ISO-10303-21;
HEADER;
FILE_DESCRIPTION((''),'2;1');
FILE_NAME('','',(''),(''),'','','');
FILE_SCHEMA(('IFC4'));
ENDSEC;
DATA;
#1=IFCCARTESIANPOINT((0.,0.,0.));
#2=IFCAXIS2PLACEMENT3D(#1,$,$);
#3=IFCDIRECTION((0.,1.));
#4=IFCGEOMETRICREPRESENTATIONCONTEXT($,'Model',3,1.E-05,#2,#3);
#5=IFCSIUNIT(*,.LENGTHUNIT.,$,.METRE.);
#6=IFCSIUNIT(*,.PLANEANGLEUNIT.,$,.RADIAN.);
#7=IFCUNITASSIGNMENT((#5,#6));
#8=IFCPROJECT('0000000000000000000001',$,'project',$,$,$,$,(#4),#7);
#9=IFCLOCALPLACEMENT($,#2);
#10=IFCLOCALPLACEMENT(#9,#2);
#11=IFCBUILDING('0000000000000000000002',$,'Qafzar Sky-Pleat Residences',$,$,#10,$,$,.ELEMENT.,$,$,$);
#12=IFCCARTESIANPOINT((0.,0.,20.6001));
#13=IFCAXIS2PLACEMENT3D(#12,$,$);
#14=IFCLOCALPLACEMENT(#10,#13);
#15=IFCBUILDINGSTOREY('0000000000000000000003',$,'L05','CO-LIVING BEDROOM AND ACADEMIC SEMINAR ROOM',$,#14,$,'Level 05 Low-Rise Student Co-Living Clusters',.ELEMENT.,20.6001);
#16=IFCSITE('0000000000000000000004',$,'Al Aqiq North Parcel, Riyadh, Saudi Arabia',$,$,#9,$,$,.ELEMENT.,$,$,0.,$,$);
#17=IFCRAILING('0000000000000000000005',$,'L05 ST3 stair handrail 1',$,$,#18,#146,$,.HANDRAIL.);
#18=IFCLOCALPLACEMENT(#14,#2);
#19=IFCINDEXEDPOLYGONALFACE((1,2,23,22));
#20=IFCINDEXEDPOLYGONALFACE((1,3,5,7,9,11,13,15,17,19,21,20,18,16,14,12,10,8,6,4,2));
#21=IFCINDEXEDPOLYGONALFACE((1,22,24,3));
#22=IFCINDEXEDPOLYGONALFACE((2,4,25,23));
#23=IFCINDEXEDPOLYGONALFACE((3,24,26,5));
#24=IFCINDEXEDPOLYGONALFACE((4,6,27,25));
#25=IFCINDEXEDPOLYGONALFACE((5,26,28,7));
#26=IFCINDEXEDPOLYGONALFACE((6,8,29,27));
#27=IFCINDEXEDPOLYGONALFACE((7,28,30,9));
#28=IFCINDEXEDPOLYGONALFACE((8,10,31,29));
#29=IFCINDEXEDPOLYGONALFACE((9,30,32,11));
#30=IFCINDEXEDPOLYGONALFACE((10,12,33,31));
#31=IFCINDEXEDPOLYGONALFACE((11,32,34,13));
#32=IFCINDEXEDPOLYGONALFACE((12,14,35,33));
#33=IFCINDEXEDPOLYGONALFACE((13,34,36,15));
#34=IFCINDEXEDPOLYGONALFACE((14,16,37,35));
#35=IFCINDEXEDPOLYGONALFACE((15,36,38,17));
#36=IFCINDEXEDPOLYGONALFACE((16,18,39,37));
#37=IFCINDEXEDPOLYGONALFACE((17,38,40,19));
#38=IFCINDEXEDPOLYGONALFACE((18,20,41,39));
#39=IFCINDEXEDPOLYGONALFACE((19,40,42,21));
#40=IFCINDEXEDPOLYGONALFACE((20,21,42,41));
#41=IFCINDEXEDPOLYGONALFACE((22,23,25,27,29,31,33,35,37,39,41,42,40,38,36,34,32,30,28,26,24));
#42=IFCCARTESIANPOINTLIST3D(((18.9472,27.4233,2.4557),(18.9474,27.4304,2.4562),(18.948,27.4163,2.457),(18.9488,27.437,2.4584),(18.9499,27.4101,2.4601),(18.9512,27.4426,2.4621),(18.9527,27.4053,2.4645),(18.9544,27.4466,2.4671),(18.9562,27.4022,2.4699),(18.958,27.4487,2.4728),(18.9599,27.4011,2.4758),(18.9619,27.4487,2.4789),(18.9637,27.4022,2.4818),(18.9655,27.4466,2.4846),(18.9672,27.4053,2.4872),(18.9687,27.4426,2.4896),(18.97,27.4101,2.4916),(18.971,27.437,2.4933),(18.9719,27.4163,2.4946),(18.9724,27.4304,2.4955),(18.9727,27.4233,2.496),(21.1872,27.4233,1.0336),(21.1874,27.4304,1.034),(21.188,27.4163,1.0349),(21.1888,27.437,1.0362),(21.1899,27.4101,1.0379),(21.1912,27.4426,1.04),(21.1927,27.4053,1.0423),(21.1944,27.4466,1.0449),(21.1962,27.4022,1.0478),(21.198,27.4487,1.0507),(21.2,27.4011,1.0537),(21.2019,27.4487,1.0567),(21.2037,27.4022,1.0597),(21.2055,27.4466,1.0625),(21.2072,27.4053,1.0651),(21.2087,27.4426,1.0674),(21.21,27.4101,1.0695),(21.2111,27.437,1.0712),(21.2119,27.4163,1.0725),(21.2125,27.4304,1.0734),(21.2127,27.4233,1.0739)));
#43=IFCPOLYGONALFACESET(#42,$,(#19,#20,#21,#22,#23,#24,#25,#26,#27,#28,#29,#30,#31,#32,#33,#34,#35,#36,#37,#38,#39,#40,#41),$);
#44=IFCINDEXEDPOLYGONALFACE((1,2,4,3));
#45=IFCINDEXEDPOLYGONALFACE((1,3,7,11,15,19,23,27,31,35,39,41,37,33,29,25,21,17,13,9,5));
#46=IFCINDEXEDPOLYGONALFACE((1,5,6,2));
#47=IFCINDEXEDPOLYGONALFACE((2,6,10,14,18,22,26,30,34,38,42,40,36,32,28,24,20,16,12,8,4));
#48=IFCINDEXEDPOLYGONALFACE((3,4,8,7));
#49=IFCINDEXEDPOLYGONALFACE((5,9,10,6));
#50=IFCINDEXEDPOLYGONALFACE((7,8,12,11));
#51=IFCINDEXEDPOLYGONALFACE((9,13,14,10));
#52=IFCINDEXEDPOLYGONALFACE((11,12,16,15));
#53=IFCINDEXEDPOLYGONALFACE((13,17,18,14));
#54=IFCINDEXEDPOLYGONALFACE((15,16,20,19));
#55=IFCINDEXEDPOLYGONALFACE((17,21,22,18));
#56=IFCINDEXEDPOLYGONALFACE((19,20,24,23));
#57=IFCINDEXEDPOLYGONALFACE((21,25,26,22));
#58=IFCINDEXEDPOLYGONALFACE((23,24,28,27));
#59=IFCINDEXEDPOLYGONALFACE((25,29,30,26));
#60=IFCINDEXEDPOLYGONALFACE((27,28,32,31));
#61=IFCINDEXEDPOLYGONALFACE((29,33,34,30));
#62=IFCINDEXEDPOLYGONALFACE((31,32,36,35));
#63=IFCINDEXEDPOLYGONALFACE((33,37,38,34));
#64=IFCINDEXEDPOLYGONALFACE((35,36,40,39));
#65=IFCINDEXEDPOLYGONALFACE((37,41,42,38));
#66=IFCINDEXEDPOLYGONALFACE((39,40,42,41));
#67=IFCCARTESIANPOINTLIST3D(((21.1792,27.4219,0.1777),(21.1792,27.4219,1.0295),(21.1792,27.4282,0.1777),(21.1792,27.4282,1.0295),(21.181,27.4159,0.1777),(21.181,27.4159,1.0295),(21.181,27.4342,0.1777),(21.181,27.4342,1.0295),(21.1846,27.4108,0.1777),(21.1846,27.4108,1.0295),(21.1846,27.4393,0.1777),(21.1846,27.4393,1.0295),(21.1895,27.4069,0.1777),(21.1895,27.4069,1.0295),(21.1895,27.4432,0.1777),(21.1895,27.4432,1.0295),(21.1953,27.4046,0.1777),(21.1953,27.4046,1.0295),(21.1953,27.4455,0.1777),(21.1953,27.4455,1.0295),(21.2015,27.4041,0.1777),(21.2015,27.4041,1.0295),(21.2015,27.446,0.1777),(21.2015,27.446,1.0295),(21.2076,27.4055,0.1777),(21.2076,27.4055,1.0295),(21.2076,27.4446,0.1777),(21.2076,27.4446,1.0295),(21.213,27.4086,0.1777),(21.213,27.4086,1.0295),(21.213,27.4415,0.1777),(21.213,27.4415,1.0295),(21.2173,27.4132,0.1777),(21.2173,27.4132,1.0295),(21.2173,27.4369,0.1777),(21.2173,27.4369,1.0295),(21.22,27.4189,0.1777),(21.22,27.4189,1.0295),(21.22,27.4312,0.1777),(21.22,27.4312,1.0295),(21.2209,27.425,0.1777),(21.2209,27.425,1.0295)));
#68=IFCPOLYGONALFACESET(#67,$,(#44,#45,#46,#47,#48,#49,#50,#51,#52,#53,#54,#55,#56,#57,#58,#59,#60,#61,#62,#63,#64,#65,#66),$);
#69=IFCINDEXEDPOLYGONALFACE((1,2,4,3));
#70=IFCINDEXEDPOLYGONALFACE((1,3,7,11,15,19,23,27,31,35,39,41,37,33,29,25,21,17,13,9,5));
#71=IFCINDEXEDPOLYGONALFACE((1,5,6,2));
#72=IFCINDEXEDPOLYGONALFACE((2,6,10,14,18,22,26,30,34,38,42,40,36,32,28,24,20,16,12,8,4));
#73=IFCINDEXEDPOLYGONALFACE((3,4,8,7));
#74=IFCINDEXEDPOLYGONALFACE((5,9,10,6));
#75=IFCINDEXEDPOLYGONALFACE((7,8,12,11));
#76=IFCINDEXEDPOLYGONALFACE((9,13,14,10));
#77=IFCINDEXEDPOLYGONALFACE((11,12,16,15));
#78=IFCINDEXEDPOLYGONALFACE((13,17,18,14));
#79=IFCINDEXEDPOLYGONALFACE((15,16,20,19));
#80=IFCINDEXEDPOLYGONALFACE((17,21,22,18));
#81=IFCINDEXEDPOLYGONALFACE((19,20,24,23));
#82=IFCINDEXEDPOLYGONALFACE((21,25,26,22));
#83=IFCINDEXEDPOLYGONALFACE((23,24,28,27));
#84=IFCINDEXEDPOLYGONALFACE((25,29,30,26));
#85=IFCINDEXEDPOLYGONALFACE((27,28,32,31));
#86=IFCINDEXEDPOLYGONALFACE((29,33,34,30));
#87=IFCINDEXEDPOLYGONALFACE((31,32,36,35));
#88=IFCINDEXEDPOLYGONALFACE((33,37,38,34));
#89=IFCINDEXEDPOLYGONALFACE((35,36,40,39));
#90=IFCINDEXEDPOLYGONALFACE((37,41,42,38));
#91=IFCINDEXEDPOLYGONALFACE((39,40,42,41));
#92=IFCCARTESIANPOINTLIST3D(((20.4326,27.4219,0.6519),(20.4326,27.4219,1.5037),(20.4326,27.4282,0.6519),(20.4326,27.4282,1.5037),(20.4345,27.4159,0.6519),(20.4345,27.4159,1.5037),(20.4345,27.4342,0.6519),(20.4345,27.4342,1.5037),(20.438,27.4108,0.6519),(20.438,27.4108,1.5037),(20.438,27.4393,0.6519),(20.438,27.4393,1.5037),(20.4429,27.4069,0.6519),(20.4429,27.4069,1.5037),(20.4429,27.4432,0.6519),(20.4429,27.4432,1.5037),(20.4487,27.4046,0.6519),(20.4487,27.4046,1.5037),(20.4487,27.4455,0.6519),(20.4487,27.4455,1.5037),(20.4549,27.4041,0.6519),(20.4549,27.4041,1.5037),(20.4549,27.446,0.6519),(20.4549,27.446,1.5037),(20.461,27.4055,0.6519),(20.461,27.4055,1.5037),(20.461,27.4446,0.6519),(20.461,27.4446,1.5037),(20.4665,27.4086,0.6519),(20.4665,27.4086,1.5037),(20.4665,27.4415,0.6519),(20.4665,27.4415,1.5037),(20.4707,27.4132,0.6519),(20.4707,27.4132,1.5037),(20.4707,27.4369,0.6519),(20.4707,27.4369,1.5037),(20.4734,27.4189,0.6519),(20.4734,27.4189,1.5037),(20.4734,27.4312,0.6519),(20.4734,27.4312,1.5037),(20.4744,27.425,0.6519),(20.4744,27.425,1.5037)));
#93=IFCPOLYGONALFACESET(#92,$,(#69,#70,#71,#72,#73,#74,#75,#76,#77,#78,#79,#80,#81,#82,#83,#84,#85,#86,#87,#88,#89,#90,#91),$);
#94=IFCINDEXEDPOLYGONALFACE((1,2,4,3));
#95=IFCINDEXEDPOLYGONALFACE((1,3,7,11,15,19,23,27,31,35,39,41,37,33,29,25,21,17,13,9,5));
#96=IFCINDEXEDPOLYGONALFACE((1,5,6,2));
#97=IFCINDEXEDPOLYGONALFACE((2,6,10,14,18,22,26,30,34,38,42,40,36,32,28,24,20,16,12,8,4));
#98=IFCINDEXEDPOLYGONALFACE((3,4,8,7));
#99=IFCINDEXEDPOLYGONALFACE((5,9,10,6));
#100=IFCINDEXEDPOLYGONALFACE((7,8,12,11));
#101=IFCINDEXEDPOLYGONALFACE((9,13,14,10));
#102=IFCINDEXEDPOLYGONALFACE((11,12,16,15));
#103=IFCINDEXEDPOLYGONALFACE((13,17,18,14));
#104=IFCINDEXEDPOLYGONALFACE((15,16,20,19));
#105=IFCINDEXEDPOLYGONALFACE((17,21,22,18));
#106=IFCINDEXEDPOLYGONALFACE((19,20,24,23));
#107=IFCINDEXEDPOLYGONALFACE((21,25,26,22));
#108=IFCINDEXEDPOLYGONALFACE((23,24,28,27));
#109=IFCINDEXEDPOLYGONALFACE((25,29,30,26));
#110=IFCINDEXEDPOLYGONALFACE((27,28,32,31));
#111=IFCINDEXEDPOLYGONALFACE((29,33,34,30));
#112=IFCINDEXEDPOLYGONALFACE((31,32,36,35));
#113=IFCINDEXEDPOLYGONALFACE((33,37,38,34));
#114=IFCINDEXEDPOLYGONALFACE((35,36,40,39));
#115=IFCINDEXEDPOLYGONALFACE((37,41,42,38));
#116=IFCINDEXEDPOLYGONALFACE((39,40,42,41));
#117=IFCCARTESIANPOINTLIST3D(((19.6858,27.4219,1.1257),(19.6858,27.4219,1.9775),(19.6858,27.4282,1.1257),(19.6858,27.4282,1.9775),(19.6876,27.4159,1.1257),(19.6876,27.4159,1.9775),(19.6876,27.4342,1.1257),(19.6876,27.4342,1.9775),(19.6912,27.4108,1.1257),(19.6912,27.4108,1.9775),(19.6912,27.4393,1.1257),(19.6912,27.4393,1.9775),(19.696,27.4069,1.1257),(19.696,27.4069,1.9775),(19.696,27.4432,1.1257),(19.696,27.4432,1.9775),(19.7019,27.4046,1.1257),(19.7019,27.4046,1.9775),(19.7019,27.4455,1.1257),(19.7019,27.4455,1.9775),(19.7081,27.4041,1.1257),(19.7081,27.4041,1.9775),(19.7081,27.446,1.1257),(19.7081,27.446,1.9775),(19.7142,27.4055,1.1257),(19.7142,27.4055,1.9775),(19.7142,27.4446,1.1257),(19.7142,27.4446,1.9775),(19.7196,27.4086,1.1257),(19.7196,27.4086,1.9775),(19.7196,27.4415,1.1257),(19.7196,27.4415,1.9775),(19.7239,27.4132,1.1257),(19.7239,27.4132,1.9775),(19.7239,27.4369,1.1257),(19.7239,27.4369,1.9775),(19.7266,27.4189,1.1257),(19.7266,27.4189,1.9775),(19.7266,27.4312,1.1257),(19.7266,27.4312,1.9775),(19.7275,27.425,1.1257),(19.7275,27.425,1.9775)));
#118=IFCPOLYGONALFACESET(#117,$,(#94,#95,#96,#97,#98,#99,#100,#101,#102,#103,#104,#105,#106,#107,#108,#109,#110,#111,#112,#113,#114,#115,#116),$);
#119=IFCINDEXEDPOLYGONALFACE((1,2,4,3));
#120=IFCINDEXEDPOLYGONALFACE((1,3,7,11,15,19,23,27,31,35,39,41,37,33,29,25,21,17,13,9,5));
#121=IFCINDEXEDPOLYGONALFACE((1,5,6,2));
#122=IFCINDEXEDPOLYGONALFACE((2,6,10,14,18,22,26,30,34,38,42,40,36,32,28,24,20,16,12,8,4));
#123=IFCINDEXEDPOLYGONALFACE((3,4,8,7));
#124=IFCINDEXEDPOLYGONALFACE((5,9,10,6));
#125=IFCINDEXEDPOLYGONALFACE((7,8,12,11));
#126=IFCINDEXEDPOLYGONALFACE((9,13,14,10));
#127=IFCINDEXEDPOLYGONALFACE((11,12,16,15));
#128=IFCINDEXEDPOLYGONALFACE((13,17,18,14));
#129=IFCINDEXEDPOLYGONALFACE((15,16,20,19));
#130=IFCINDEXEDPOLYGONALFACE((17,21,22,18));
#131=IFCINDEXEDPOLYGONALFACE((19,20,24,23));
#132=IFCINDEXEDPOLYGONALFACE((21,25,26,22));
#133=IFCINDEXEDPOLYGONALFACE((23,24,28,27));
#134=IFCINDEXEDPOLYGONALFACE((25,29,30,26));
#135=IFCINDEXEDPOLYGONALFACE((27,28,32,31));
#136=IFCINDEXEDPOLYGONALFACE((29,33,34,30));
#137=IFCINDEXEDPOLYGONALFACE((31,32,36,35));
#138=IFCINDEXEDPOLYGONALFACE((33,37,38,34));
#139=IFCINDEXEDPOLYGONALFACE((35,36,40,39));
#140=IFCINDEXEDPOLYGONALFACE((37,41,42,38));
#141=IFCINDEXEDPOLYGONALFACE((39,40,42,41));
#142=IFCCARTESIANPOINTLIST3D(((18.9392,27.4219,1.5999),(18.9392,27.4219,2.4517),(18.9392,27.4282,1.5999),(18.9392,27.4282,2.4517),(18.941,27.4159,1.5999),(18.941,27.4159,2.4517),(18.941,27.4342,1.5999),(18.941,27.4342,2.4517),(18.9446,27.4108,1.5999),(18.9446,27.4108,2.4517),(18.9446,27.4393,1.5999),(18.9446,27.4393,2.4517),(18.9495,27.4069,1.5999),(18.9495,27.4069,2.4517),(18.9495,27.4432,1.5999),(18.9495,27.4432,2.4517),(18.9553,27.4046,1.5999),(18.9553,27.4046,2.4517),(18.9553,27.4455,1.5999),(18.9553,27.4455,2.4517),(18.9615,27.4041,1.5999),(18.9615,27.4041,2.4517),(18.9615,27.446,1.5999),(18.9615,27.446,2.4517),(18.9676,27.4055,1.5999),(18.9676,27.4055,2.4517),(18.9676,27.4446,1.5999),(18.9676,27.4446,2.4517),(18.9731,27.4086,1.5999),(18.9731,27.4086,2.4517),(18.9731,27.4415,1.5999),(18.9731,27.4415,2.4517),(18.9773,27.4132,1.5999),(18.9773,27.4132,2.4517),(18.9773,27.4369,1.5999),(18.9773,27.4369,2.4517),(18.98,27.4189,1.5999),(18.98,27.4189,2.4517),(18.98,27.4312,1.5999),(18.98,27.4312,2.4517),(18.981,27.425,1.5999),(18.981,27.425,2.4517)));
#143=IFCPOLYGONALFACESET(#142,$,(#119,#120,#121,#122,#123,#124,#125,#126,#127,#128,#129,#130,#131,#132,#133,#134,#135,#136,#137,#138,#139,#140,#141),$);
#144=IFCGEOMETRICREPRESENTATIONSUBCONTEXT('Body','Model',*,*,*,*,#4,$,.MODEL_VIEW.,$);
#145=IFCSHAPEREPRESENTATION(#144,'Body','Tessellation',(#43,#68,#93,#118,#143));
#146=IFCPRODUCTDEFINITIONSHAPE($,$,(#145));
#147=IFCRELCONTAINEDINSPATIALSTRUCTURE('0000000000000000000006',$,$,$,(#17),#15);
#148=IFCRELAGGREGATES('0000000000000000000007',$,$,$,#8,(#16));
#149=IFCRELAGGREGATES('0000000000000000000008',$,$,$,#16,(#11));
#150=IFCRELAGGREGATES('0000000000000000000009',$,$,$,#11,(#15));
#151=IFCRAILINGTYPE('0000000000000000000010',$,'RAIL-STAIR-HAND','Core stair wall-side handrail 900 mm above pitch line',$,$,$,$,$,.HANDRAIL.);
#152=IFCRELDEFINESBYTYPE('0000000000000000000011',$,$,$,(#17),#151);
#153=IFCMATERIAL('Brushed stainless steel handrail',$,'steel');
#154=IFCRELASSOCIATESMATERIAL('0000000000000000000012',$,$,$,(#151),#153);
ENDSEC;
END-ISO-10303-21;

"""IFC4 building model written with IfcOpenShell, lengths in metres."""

from ifc_helpers import new_model, si_unit, direction, frame, origin, origin_2d, place, context, subcontext, project, spatial, circle, extrude, source, transform, mapped, material, type_object, element, save


model = new_model("IFC4")

# Units and contexts
model_context = context("Model", 3, precision=1e-05, world=origin(), true_north=direction((0.0, 1.0)))
body_context = subcontext(model_context, "Body", "Model", "MODEL_VIEW")
ifc_project = project(units=[si_unit("LENGTHUNIT", "METRE"), si_unit("PLANEANGLEUNIT", "RADIAN")], contexts=[model_context])

# Site, building, storey
site_placement = place(None, origin())
site = spatial("IfcSite", under=ifc_project, at=site_placement, Name="Al Aqiq North Parcel, Riyadh, Saudi Arabia", CompositionType="ELEMENT", RefElevation=0.0)
building_placement = place(site_placement, origin())
building = spatial("IfcBuilding", under=site, at=building_placement, Name="Qafzar Sky-Pleat Residences", CompositionType="ELEMENT")
storey_placement = place(building_placement, frame((0.0, 0.0, 20.6001)))
storey = spatial("IfcBuildingStorey", under=building, at=storey_placement, Name="L05", Description="CO-LIVING BEDROOM AND ACADEMIC SEMINAR ROOM", LongName="Level 05 Low-Rise Student Co-Living Clusters", CompositionType="ELEMENT", Elevation=20.6001)

# Railing
ifc_material_1 = material(Name="Brushed stainless steel handrail", Category="steel")
railing_type_1 = type_object("IfcRailingType", Name="RAIL-STAIR-HAND", Description="Core stair wall-side handrail 900 mm above pitch line", PredefinedType="HANDRAIL", material=ifc_material_1)
shared_shape_1 = source(origin(), body_context, "Body", "SweptSolid", [
    extrude(circle(Radius=0.0239, at=origin_2d()), frame((0.0, 0.0, 0.876), z_axis=(-0.844229, 0.0, 0.535982), x_axis=(0.0, -1.0, 0.0)), (0.0, 0.0, 1.0), 2.6533),
    extrude(circle(Radius=0.021, at=origin_2d()), origin(), (0.0, 0.0, 1.0), 0.8518),
    extrude(circle(Radius=0.021, at=origin_2d()), frame((-0.7466, 0.0, 0.4741)), (0.0, 0.0, 1.0), 0.8518),
    extrude(circle(Radius=0.021, at=origin_2d()), frame((-1.4934, 0.0, 0.948)), (0.0, 0.0, 1.0), 0.8518),
    extrude(circle(Radius=0.021, at=origin_2d()), frame((-2.24, 0.0, 1.4221)), (0.0, 0.0, 1.0), 0.8518),
])
railing_1_placement = place(storey_placement, frame((21.2, 27.425, 0.1777)))
element("IfcRailing", 1, at=railing_1_placement, inside=storey, type_object=railing_type_1, Name="L05 ST3 stair handrail 1", PredefinedType="HANDRAIL", context=body_context, shape_type="MappedRepresentation", body=[
    mapped(shared_shape_1, transform((0.0, 0.0, 0.0), x_axis=(1.0, 0.0, 0.0), y_axis=(0.0, 1.0, 0.0), z_axis=(0.0, 0.0, 1.0), scale=1.0)),
])

save(model, "model.ifc")
